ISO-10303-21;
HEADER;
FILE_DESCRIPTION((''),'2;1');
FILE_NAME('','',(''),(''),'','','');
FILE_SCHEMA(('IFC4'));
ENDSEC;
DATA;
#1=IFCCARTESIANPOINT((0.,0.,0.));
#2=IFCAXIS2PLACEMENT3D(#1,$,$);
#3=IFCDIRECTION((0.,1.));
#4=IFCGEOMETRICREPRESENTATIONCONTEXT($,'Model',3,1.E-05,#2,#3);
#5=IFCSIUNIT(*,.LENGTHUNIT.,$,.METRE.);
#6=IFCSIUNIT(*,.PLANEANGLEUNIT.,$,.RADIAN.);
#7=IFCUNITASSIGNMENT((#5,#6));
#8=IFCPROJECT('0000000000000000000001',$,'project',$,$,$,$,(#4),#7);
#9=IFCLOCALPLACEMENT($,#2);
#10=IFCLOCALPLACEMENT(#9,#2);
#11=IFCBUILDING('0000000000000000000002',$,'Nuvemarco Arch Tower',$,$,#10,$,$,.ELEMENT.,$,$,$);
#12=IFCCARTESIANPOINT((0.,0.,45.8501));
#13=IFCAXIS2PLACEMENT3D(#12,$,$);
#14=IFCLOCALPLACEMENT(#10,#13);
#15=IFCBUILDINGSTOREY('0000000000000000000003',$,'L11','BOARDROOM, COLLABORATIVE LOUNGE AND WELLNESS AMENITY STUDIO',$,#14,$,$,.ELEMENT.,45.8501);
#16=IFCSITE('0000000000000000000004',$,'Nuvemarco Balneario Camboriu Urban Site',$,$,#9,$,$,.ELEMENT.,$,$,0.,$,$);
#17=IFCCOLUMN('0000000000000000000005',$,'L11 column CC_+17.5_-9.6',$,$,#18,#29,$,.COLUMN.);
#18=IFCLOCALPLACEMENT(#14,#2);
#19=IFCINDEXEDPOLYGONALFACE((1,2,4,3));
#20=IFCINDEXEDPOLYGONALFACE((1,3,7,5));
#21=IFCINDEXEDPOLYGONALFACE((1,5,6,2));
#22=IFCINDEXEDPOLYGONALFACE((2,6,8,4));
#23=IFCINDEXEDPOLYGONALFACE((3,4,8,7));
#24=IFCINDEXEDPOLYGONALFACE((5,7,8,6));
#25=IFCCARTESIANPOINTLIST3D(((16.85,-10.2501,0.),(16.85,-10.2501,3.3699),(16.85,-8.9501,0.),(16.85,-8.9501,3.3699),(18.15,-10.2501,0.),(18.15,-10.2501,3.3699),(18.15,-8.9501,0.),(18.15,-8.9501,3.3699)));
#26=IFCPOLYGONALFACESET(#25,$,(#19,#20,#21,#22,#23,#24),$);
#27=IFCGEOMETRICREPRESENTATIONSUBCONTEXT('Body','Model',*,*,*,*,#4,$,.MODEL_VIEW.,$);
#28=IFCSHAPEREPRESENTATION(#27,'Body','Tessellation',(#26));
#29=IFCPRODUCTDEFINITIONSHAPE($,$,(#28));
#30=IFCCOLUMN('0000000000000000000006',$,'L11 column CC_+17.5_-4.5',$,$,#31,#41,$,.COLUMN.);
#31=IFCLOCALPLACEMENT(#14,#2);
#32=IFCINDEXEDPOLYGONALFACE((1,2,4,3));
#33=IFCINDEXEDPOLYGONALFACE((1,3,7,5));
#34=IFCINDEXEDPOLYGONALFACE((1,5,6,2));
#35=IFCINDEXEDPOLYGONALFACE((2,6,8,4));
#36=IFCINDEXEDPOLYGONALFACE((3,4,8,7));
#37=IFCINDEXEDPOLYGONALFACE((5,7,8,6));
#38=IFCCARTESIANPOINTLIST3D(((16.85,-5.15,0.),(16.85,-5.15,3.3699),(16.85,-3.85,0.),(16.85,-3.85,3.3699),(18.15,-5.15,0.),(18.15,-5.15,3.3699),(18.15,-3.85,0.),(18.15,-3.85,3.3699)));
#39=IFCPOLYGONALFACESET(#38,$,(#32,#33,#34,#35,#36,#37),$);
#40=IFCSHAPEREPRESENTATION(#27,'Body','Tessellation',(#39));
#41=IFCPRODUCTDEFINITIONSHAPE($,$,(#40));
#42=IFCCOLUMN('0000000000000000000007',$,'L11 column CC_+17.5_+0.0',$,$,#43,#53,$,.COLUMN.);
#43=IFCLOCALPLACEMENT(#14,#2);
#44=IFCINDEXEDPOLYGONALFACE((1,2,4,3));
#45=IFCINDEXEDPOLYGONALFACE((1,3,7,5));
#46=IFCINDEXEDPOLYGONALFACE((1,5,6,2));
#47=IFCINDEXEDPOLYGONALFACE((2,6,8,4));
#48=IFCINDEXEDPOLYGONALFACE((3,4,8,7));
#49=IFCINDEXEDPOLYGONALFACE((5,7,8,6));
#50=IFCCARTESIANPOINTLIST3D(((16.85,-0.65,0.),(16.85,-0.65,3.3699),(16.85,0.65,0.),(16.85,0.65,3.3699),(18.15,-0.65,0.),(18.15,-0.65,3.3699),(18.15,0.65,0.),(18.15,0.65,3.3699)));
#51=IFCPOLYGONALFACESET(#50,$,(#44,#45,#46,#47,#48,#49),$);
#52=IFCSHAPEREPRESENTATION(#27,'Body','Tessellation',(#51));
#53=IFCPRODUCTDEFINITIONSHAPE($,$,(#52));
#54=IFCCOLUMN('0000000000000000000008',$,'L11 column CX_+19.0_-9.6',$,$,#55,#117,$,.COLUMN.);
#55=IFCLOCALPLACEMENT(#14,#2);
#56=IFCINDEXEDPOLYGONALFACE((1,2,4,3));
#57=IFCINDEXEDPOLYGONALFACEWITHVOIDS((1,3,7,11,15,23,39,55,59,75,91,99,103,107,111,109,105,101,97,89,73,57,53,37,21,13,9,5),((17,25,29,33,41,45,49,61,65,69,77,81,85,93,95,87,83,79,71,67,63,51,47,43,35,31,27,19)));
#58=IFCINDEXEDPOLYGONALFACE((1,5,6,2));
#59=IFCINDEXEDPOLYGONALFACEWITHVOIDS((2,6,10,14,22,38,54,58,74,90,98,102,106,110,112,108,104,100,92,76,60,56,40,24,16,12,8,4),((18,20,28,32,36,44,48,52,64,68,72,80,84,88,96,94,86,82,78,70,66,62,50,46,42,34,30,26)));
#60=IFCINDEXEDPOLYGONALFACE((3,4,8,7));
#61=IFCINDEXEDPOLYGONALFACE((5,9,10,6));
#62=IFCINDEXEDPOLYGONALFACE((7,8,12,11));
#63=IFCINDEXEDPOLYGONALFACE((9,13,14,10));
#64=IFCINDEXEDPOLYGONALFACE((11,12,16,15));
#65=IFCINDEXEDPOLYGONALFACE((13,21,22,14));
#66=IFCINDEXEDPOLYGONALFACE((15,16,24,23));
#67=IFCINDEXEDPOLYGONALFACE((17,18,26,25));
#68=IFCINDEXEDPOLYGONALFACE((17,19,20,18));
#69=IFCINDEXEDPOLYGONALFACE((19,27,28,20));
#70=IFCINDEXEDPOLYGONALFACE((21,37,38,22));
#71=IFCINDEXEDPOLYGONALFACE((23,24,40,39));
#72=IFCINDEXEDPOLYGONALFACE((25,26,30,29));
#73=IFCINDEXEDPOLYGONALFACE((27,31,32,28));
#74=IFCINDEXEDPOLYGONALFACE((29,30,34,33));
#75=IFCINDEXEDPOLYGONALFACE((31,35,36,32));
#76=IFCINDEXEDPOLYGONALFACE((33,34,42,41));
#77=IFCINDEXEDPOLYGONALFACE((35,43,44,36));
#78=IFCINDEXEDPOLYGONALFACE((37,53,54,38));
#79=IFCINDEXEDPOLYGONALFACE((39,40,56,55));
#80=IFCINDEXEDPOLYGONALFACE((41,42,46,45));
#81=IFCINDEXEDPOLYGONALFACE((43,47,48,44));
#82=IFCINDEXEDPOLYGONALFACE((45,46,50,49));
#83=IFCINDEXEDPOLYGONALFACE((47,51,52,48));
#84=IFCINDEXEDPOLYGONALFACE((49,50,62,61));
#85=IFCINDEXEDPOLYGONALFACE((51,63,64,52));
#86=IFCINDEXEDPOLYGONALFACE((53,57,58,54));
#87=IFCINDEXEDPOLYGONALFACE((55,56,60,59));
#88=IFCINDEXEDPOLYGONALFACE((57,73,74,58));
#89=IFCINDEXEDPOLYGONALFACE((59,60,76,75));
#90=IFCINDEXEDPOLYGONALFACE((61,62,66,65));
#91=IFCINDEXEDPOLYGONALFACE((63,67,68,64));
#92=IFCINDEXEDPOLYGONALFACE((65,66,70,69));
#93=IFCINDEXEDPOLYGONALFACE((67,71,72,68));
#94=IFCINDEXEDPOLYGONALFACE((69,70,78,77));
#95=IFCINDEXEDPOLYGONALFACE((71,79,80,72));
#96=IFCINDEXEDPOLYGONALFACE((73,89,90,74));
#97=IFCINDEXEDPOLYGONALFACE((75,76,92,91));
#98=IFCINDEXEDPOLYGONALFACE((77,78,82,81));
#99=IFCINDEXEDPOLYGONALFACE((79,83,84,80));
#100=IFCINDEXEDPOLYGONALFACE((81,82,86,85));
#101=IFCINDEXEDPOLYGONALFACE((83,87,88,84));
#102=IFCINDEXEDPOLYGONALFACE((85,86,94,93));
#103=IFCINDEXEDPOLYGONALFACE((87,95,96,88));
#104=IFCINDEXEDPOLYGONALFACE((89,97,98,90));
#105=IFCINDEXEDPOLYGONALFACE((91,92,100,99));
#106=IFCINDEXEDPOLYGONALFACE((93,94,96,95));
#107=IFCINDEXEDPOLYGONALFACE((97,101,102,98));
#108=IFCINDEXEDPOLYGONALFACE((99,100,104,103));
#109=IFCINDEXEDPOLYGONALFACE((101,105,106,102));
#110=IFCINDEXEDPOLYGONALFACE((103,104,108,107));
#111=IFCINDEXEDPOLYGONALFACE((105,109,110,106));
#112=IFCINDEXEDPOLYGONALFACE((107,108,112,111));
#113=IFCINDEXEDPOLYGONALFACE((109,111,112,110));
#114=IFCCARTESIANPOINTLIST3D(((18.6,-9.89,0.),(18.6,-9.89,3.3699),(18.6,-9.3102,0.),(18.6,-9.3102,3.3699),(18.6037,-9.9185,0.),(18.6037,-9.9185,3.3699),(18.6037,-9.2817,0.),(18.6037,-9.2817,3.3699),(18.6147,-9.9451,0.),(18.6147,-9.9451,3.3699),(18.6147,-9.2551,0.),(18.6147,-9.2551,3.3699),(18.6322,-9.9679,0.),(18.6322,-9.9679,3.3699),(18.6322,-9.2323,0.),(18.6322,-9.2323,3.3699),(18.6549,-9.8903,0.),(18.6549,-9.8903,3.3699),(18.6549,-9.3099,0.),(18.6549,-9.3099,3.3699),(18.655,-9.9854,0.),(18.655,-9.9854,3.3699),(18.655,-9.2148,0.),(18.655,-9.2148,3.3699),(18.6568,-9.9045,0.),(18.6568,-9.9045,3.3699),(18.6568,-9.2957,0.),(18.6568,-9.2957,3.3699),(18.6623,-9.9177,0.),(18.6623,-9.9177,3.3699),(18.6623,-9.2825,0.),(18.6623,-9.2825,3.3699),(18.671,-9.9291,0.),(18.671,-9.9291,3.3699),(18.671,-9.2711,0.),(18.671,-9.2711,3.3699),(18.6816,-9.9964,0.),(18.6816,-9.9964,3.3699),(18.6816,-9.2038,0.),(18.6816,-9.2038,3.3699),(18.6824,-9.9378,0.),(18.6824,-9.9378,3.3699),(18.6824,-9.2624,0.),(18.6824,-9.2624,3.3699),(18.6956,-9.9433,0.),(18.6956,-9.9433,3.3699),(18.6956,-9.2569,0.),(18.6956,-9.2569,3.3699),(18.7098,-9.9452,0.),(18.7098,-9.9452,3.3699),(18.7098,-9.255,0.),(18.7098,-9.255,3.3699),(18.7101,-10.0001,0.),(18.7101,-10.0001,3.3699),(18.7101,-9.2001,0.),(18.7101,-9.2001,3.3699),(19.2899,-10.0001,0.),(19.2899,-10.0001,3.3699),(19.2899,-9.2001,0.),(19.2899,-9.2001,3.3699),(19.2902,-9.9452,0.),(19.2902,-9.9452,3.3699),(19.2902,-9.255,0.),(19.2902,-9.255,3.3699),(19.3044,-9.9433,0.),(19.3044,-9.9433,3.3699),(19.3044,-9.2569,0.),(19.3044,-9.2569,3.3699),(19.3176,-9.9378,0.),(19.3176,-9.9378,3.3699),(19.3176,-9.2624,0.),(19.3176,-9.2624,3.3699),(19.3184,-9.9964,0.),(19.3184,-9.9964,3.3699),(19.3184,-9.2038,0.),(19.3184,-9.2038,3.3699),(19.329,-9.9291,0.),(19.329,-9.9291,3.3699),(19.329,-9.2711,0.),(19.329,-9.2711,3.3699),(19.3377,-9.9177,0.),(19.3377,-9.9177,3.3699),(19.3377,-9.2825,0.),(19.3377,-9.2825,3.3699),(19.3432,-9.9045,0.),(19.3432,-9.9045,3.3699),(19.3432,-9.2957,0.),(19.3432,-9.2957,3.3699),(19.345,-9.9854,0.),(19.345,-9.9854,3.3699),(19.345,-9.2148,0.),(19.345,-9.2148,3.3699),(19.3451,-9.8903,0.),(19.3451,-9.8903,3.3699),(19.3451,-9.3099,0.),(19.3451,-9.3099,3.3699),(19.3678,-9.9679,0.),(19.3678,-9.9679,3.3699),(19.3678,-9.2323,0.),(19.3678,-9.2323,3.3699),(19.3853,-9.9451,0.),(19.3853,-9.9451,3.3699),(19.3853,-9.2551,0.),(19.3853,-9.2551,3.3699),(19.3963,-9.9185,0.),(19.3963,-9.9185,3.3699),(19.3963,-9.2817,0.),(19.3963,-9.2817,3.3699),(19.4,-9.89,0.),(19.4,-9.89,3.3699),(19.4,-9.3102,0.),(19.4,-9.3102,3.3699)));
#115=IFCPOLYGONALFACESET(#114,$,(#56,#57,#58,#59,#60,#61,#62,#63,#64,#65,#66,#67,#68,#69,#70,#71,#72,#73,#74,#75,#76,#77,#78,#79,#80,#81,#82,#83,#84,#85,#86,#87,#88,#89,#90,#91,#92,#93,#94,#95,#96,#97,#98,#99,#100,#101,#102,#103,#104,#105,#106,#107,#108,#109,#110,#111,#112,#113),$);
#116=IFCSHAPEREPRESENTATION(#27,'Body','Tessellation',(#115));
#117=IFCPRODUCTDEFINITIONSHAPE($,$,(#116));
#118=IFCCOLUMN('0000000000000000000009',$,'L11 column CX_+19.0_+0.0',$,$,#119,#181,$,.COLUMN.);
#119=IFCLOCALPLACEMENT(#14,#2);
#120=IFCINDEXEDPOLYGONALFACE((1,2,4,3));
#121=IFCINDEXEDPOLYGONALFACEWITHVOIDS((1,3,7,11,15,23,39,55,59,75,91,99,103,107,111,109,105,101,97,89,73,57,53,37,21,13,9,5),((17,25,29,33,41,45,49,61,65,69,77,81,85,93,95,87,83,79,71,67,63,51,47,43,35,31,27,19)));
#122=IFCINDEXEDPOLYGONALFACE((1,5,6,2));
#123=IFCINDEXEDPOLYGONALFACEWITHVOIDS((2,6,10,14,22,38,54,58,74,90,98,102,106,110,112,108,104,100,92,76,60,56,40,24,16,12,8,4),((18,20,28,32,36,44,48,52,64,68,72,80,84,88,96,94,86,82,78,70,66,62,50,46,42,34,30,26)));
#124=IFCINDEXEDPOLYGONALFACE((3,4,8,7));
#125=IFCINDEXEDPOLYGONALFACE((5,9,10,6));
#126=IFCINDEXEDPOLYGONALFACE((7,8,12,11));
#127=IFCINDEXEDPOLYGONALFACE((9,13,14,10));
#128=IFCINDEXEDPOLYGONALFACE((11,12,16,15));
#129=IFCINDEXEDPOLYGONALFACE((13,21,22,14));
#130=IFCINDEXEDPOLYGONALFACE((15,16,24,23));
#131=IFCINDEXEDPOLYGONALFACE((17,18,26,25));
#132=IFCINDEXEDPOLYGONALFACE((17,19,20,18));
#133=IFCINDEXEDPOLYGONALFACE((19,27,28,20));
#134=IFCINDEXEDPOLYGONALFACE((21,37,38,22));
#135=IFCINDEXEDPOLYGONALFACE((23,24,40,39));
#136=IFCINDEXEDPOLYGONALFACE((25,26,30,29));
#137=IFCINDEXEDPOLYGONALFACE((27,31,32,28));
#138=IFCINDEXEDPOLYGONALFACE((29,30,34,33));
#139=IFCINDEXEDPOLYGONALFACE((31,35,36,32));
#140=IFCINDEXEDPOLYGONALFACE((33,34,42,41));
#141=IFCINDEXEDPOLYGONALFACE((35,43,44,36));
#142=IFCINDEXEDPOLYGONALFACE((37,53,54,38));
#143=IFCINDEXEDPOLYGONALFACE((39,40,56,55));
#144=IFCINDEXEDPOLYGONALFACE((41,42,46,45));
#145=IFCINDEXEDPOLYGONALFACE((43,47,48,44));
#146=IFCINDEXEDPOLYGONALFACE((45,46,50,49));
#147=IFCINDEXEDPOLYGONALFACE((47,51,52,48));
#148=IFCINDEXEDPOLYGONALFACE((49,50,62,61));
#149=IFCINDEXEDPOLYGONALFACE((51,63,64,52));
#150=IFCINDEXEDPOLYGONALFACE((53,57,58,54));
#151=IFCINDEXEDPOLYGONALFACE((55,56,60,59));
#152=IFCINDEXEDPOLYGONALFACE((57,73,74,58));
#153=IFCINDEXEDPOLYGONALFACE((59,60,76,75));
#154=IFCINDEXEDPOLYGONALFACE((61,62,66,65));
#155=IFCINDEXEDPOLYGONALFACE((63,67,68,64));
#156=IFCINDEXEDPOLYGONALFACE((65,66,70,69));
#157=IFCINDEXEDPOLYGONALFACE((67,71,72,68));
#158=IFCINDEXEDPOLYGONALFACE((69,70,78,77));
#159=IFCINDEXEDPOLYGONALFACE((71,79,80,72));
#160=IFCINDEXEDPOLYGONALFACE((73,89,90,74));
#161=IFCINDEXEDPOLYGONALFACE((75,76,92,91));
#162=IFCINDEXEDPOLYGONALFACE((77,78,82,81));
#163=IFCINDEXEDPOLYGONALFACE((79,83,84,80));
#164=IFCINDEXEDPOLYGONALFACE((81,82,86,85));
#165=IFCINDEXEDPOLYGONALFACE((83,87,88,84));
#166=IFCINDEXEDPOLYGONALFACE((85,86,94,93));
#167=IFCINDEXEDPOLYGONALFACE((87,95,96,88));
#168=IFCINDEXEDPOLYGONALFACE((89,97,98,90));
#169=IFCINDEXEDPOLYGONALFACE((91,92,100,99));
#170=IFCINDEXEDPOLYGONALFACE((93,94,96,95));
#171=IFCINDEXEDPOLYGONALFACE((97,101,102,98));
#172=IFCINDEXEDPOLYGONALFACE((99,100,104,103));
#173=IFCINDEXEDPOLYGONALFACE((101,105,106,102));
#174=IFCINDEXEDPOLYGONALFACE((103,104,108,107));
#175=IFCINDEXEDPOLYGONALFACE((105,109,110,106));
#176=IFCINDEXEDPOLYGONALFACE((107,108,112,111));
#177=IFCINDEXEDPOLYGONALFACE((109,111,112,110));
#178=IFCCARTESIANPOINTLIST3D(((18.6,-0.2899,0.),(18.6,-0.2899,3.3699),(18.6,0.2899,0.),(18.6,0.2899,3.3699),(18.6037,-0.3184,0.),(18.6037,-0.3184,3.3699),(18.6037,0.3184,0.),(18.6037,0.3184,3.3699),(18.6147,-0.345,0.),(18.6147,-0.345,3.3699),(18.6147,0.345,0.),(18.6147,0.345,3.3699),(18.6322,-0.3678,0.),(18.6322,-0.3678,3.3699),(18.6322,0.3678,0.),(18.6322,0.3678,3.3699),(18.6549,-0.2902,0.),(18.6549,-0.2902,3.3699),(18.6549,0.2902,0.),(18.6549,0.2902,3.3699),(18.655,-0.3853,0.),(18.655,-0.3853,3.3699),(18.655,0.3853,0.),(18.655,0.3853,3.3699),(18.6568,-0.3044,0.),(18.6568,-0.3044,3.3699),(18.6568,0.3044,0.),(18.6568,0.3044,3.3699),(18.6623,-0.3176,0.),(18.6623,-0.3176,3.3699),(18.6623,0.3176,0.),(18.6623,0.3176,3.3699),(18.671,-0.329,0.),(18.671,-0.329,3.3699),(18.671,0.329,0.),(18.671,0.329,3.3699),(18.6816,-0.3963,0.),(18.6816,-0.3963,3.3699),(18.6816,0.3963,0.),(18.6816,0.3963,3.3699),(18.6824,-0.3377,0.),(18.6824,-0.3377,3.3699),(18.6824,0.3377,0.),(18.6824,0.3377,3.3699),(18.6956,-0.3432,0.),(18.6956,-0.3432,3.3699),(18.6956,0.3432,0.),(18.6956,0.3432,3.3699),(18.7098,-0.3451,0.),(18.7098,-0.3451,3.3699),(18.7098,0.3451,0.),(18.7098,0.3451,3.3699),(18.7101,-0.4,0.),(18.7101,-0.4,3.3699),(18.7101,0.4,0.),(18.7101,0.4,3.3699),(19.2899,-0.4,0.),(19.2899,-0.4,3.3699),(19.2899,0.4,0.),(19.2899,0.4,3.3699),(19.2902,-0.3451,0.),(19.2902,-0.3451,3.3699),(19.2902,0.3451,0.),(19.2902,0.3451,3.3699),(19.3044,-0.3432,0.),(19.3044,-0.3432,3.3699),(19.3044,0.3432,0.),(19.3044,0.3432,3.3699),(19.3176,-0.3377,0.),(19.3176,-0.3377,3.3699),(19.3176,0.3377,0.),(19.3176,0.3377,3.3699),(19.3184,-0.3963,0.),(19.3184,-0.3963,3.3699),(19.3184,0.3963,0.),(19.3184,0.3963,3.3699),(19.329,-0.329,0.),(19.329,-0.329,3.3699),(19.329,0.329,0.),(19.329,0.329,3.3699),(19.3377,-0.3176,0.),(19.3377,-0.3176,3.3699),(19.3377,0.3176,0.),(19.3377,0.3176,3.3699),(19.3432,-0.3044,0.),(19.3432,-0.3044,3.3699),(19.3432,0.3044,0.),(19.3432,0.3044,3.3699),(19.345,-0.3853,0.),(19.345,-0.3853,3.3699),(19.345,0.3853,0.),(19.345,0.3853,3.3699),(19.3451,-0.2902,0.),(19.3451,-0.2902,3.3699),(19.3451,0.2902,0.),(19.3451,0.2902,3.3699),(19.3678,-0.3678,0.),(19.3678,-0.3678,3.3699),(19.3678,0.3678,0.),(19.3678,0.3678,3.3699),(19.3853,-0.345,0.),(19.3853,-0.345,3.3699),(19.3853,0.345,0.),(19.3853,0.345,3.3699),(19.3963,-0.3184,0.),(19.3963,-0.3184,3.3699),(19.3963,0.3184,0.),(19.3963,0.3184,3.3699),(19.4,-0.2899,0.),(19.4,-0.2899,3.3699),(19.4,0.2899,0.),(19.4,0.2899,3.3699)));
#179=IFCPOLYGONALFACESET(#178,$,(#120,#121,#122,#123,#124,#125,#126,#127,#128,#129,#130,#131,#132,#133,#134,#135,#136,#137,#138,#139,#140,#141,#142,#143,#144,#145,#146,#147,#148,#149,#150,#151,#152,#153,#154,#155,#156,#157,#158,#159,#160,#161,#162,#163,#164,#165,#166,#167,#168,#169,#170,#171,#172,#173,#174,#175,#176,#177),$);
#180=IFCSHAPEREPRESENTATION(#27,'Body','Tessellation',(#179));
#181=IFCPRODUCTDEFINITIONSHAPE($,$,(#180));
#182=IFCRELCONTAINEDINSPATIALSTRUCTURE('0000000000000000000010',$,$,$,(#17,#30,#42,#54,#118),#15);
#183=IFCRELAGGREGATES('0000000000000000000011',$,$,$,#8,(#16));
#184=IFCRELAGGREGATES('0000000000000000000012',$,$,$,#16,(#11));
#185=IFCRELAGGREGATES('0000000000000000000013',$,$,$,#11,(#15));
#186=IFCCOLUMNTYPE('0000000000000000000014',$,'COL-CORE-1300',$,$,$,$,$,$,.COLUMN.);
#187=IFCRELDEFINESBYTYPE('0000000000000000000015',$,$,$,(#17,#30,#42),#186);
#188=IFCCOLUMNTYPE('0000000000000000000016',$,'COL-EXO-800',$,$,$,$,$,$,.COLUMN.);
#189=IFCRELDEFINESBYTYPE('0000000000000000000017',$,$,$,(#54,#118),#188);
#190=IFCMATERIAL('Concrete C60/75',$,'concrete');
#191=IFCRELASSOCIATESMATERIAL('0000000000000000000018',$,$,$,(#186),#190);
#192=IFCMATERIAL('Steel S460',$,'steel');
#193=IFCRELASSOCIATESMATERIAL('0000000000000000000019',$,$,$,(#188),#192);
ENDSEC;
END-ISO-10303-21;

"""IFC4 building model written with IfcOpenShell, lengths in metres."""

from ifc_helpers import new_model, si_unit, direction, frame, origin, origin_2d, place, context, subcontext, project, spatial, rectangle, hollow_rectangle, extrude, material, material_profile, profile_set, type_object, element, save


model = new_model("IFC4")

# Units and contexts
model_context = context("Model", 3, precision=1e-05, world=origin(), true_north=direction((0.0, 1.0)))
body_context = subcontext(model_context, "Body", "Model", "MODEL_VIEW")
ifc_project = project(units=[si_unit("LENGTHUNIT", "METRE"), si_unit("PLANEANGLEUNIT", "RADIAN")], contexts=[model_context])

# Site, building, storey
site_placement = place(None, origin())
site = spatial("IfcSite", under=ifc_project, at=site_placement, Name="Nuvemarco Balneario Camboriu Urban Site", CompositionType="ELEMENT", RefElevation=0.0)
building_placement = place(site_placement, origin())
building = spatial("IfcBuilding", under=site, at=building_placement, Name="Nuvemarco Arch Tower", CompositionType="ELEMENT")
storey_placement = place(building_placement, frame((0.0, 0.0, 45.8501)))
storey = spatial("IfcBuildingStorey", under=building, at=storey_placement, Name="L11", Description="BOARDROOM, COLLABORATIVE LOUNGE AND WELLNESS AMENITY STUDIO", CompositionType="ELEMENT", Elevation=45.8501)

# Columns
ifc_material_1 = material(Name="Concrete C60/75", Category="concrete")
ifc_material_profile_1 = material_profile(ifc_material_1, rectangle(XDim=1.3, YDim=1.3, at=origin_2d()), Name="RC-COL-1300x1300")
ifc_profile_set_1 = profile_set([ifc_material_profile_1], Name="Concrete C60/75")
column_type_1 = type_object("IfcColumnType", Name="COL-CORE-1300", PredefinedType="COLUMN", material=ifc_profile_set_1)
for number, where, z_axis, x_axis, name in (
    (1, (17.5, -9.6001, 0.0), (0.0, 0.0, 1.0), (1.0, 0.0, 0.0), "L11 column CC_+17.5_-9.6"),
    (2, (17.5, -4.5, 0.0), (0.0, 0.0, 1.0), (1.0, 0.0, 0.0), "L11 column CC_+17.5_-4.5"),
    (3, (17.5, 0.0, 0.0), (0.0, 0.0, 1.0), (1.0, 0.0, 0.0), "L11 column CC_+17.5_+0.0"),
):
    element("IfcColumn", number, at=place(storey_placement, frame(where, z_axis=z_axis, x_axis=x_axis)), inside=storey, type_object=column_type_1, Name=name, PredefinedType="COLUMN", context=body_context, shape_type="SweptSolid", body=[
        extrude(rectangle(XDim=1.3, YDim=1.3, at=origin_2d()), origin(), (0.0, 0.0, 1.0), 3.3699),
    ])
ifc_material_2 = material(Name="Steel S460", Category="steel")
ifc_material_profile_2 = material_profile(ifc_material_2, hollow_rectangle(XDim=0.8, YDim=0.8, WallThickness=0.0549, InnerFilletRadius=0.0549, OuterFilletRadius=0.1101, at=origin_2d()), Name="SHS800x800x55")
ifc_profile_set_2 = profile_set([ifc_material_profile_2], Name="Steel S460")
column_type_2 = type_object("IfcColumnType", Name="COL-EXO-800", PredefinedType="COLUMN", material=ifc_profile_set_2)
for number, where, z_axis, x_axis, name in (
    (4, (19.0, -9.6001, 0.0), (0.0, 0.0, 1.0), (1.0, 0.0, 0.0), "L11 column CX_+19.0_-9.6"),
    (5, (19.0, 0.0, 0.0), (0.0, 0.0, 1.0), (1.0, 0.0, 0.0), "L11 column CX_+19.0_+0.0"),
):
    element("IfcColumn", number, at=place(storey_placement, frame(where, z_axis=z_axis, x_axis=x_axis)), inside=storey, type_object=column_type_2, Name=name, PredefinedType="COLUMN", context=body_context, shape_type="SweptSolid", body=[
        extrude(hollow_rectangle(XDim=0.8, YDim=0.8, WallThickness=0.0549, InnerFilletRadius=0.0549, OuterFilletRadius=0.1101, at=origin_2d()), origin(), (0.0, 0.0, 1.0), 3.3699),
    ])

save(model, "model.ifc")
